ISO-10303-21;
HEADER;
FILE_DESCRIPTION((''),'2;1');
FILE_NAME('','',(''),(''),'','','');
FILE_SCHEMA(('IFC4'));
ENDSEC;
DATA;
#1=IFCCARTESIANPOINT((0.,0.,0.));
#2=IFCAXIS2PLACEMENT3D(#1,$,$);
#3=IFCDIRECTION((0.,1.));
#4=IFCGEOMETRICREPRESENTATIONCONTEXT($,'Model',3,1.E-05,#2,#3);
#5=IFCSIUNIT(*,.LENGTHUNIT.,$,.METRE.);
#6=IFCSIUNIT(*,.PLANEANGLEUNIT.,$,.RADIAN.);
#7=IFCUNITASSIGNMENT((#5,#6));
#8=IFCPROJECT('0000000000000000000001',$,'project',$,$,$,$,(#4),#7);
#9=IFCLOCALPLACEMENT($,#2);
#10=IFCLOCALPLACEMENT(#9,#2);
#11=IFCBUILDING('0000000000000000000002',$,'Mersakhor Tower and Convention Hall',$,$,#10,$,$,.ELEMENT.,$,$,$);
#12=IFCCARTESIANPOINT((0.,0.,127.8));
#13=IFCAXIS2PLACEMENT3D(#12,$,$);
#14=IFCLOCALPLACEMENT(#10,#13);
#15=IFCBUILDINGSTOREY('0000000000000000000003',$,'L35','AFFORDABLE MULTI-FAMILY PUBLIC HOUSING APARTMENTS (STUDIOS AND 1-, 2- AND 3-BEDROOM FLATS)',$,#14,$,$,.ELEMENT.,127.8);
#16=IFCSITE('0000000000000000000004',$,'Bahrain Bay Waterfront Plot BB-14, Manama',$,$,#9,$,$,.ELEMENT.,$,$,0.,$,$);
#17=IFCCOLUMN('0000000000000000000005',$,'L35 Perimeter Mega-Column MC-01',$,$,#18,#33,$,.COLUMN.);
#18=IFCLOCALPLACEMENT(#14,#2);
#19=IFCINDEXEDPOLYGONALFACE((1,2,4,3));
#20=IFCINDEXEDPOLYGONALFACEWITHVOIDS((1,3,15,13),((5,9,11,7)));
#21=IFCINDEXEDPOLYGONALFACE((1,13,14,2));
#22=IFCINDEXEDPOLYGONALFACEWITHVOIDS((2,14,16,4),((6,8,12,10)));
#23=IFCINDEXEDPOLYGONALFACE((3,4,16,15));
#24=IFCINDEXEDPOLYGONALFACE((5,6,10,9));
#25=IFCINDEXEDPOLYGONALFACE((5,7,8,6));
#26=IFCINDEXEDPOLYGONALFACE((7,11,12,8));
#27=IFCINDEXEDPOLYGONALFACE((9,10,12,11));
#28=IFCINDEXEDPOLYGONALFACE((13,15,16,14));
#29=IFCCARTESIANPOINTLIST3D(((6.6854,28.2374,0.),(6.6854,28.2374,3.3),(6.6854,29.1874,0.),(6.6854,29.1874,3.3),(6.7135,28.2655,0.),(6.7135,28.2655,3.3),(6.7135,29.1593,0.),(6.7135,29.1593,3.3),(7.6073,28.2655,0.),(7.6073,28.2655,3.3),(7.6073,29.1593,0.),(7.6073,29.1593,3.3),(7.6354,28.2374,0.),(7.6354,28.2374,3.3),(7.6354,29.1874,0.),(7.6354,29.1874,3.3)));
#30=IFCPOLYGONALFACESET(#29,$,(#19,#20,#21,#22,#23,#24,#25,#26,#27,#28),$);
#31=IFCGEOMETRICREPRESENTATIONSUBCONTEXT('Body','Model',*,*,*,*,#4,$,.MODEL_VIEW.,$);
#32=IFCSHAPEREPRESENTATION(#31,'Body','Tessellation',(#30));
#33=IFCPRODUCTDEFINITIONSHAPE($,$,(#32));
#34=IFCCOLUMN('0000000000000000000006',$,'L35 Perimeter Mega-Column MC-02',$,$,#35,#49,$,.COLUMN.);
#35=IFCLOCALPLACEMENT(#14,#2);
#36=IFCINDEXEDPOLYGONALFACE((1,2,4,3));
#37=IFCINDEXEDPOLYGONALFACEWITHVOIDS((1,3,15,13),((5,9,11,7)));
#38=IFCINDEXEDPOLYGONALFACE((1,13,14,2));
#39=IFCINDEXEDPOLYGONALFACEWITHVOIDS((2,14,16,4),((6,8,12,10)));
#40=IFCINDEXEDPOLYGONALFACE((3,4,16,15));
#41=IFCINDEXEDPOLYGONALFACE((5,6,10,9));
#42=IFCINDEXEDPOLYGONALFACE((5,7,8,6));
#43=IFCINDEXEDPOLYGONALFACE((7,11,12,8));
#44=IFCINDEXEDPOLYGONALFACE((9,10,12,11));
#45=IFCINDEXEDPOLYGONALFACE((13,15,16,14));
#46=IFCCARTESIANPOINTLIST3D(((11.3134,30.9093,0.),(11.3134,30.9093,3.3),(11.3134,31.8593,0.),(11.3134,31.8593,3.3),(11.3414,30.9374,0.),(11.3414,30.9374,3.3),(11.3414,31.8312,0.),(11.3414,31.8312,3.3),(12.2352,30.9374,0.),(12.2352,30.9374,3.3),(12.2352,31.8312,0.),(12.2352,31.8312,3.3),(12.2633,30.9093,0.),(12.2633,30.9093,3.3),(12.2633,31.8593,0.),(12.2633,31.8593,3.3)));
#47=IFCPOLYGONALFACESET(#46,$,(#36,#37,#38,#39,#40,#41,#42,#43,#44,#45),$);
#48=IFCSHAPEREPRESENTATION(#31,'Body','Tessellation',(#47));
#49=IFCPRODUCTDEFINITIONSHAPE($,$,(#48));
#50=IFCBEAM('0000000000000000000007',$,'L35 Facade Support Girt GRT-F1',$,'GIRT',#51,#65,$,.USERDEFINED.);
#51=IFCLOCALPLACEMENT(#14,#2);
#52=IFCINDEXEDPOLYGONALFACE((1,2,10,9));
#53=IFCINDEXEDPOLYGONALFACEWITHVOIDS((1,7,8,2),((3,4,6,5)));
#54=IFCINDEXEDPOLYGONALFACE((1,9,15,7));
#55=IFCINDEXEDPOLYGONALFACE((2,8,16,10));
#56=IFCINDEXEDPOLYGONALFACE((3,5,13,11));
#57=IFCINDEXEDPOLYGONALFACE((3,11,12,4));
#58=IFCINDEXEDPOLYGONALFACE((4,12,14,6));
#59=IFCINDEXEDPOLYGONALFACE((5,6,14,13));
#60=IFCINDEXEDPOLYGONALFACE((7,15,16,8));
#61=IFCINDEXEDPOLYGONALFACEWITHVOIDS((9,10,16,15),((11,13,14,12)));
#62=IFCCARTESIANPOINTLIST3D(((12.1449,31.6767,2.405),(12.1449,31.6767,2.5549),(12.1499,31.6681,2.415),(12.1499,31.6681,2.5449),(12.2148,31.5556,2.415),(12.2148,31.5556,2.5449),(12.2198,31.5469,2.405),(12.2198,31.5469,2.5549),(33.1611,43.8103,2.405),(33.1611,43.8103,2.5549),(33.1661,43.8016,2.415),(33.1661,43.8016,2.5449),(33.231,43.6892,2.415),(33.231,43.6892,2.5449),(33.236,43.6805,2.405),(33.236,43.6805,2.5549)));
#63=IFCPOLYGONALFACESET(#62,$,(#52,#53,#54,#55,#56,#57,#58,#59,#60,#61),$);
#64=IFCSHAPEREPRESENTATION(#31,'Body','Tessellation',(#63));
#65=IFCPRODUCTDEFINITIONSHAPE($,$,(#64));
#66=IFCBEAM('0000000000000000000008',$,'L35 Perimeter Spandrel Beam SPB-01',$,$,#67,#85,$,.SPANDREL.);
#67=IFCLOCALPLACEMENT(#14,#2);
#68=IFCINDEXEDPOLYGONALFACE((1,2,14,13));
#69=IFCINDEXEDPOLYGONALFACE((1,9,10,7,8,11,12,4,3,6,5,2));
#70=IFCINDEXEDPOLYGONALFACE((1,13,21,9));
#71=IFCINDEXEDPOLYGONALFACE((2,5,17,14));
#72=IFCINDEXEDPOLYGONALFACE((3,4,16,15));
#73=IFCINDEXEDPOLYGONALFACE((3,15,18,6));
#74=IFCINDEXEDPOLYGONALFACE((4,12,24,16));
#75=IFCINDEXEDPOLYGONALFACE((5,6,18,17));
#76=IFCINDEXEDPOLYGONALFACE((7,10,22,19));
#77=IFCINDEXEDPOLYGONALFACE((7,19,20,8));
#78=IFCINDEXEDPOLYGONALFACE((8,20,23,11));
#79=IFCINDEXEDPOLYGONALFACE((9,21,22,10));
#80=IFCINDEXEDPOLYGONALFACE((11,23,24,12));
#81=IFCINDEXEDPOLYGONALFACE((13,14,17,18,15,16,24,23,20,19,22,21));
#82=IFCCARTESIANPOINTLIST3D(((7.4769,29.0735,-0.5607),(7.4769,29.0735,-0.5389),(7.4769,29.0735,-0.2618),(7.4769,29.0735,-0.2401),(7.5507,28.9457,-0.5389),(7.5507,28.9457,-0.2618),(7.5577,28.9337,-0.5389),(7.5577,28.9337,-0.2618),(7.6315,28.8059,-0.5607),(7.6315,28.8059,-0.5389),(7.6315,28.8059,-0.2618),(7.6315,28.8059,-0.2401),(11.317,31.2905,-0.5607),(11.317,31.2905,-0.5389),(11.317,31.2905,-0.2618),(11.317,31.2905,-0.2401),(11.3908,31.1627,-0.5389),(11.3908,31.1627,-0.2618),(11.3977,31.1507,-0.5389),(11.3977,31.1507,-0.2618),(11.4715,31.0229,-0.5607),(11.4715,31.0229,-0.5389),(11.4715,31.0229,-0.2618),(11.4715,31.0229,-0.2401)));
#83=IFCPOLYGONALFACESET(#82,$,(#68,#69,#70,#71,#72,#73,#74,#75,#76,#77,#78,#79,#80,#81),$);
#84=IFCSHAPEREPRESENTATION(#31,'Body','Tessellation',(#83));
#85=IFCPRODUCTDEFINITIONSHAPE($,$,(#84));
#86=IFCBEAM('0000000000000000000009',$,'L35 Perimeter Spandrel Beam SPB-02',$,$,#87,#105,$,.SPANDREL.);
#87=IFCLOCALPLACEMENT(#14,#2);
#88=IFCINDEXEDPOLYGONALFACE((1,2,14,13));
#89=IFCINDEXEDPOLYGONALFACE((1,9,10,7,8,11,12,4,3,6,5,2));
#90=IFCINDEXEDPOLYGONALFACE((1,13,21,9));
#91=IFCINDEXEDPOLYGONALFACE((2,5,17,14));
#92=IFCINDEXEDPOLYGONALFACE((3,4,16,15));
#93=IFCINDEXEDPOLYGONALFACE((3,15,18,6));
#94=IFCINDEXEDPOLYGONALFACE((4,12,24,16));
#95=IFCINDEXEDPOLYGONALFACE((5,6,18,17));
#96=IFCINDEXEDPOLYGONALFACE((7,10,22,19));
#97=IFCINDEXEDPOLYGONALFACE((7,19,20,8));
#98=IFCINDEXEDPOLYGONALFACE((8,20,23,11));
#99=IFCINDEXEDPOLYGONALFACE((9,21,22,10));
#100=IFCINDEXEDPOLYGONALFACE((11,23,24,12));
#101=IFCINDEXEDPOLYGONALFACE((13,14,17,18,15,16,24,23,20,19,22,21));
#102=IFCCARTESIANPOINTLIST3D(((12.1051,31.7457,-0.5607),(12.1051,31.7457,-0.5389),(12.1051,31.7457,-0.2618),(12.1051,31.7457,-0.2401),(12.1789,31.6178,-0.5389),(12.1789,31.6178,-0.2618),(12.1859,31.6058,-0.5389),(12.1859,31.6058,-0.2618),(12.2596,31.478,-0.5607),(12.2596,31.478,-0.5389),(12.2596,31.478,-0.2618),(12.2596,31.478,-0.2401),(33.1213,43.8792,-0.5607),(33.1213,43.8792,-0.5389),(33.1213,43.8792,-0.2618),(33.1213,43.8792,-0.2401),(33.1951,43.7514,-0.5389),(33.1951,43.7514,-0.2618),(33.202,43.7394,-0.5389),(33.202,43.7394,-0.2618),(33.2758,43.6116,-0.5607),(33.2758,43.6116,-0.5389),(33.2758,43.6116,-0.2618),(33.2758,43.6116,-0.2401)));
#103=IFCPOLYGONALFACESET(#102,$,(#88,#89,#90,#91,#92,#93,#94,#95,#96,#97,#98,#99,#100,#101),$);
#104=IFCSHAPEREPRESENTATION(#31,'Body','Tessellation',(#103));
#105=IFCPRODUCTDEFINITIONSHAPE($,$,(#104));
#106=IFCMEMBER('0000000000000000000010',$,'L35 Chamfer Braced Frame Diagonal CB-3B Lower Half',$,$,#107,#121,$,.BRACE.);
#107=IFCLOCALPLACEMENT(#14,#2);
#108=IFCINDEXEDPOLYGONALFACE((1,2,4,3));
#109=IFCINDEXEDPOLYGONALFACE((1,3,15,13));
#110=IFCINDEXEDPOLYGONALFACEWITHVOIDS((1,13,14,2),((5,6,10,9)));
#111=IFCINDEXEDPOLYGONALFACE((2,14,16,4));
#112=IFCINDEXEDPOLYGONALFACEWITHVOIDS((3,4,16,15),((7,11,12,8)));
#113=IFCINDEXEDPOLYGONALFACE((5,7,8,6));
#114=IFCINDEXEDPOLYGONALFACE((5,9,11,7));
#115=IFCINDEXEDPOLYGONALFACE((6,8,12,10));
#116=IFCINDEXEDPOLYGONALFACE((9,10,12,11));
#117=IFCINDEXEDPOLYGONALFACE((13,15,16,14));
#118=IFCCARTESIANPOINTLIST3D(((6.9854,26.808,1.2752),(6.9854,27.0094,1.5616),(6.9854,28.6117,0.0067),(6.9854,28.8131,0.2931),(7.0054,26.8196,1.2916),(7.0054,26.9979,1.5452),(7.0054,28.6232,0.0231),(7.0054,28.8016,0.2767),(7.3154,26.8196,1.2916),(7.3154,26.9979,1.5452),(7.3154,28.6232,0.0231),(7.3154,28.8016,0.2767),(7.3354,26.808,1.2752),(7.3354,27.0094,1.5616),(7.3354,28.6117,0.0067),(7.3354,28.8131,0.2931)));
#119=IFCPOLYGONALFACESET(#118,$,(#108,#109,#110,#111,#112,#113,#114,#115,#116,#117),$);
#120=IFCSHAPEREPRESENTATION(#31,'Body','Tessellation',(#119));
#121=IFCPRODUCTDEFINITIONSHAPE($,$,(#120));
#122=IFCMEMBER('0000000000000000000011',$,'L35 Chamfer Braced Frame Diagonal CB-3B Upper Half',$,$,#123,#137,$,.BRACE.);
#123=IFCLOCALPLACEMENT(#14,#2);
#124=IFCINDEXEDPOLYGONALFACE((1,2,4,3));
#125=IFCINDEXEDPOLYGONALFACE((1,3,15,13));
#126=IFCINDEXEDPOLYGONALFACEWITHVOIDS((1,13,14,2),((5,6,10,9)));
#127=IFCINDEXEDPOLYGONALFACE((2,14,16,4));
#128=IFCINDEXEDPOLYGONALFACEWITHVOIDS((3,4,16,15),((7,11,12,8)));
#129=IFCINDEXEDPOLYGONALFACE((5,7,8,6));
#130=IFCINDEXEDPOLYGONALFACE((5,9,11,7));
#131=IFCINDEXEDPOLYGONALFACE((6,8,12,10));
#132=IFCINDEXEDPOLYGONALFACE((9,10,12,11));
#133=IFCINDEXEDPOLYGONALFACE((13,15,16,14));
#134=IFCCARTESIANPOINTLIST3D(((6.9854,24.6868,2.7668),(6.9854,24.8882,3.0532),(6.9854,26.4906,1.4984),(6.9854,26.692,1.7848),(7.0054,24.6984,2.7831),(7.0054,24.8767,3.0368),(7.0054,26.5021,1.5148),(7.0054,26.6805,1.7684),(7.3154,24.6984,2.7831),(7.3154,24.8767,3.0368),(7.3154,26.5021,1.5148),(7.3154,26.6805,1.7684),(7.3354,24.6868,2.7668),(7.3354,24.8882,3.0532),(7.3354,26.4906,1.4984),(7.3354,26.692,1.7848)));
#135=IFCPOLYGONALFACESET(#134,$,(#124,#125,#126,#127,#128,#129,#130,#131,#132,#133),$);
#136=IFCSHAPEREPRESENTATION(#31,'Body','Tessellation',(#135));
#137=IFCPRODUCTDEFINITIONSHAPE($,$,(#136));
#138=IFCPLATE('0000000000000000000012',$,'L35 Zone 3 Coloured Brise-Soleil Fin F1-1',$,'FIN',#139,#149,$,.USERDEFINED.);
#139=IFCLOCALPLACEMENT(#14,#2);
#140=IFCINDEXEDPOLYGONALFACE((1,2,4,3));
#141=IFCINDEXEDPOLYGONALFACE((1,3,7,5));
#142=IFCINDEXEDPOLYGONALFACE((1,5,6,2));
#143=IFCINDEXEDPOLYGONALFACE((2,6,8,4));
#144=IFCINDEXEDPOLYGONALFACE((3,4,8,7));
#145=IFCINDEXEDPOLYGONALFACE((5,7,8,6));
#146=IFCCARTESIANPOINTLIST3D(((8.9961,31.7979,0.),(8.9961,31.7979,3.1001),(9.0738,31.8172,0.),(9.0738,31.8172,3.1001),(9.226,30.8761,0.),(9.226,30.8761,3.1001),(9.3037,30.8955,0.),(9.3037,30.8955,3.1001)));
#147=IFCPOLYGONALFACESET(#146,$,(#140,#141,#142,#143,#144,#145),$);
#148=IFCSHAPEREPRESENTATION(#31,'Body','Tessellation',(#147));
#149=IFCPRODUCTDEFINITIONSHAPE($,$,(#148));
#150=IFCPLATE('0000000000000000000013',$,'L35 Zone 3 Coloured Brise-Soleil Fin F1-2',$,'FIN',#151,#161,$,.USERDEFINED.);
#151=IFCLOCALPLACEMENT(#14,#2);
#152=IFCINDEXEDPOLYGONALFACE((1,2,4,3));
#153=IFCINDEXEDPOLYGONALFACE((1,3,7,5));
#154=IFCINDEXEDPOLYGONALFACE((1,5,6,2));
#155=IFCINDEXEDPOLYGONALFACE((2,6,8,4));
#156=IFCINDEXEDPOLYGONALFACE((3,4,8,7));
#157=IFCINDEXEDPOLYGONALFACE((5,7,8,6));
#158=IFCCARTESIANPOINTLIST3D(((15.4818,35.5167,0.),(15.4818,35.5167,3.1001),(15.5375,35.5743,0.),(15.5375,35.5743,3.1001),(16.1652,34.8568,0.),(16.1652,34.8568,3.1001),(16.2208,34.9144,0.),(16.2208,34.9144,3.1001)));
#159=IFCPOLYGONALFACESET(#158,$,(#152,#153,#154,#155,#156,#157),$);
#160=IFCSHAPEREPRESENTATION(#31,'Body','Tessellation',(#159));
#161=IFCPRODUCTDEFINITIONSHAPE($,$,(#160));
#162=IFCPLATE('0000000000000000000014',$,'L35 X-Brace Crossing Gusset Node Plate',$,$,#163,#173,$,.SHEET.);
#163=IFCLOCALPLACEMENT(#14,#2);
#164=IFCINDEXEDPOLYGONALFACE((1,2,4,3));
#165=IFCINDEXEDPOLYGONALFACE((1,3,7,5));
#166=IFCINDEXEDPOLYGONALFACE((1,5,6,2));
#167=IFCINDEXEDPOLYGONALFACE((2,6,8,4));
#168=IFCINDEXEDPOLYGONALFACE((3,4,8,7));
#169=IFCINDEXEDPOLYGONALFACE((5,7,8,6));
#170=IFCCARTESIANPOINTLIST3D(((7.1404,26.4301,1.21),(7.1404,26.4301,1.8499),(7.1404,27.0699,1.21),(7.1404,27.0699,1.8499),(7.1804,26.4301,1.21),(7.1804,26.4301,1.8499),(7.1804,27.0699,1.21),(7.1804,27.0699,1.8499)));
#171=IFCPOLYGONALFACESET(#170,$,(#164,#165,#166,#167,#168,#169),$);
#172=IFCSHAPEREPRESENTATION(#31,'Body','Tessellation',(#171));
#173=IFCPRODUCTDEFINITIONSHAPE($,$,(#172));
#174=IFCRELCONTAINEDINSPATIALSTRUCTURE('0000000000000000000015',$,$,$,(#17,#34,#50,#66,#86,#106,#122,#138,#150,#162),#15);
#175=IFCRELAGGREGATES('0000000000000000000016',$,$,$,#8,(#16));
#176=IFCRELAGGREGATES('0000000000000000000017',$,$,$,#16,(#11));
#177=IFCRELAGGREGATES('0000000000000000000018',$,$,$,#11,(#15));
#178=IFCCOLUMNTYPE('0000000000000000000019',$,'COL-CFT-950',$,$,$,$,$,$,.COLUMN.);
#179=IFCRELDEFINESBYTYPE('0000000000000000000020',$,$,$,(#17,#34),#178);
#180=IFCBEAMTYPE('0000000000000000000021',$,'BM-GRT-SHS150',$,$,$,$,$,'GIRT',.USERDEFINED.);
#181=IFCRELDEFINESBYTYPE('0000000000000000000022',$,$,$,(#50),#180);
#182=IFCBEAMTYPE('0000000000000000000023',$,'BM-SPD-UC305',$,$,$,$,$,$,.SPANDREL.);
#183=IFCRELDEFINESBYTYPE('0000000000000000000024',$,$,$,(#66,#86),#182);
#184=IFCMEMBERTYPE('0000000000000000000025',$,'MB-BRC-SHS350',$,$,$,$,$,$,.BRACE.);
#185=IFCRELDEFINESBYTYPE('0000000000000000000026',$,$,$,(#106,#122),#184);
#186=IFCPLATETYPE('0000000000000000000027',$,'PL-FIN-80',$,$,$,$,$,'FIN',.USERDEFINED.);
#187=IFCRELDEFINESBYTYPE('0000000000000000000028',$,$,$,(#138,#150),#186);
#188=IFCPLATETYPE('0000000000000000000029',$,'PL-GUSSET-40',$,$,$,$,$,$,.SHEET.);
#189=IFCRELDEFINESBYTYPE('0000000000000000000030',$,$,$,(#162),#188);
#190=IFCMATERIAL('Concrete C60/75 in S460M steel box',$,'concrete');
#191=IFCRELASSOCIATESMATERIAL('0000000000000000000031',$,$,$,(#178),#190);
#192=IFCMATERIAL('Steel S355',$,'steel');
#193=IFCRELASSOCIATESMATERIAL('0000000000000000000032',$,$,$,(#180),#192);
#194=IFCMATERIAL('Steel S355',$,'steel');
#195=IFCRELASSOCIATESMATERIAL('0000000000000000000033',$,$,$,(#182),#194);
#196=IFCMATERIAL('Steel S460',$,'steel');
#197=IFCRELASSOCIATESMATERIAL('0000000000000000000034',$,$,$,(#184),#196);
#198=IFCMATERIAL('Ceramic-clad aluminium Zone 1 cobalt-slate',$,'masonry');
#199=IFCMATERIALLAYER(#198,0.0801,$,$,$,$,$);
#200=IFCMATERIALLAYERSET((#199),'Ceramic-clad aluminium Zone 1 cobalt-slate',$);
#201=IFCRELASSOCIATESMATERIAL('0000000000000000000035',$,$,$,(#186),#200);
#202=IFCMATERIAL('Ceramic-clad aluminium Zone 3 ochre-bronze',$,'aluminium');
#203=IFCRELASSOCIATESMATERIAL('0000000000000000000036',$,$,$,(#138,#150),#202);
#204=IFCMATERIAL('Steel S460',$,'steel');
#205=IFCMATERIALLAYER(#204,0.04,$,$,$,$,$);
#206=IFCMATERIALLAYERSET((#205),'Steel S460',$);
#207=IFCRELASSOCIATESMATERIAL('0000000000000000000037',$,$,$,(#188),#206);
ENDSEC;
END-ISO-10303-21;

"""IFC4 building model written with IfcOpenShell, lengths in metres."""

from ifc_helpers import new_model, si_unit, direction, frame, origin, origin_2d, place, context, subcontext, project, spatial, rectangle, hollow_rectangle, i_section, extrude, material, layer, layer_set, material_profile, profile_set, type_object, element, save


model = new_model("IFC4")

# Units and contexts
model_context = context("Model", 3, precision=1e-05, world=origin(), true_north=direction((0.0, 1.0)))
body_context = subcontext(model_context, "Body", "Model", "MODEL_VIEW")
ifc_project = project(units=[si_unit("LENGTHUNIT", "METRE"), si_unit("PLANEANGLEUNIT", "RADIAN")], contexts=[model_context])

# Site, building, storey
site_placement = place(None, origin())
site = spatial("IfcSite", under=ifc_project, at=site_placement, Name="Bahrain Bay Waterfront Plot BB-14, Manama", CompositionType="ELEMENT", RefElevation=0.0)
building_placement = place(site_placement, origin())
building = spatial("IfcBuilding", under=site, at=building_placement, Name="Mersakhor Tower and Convention Hall", CompositionType="ELEMENT")
storey_placement = place(building_placement, frame((0.0, 0.0, 127.8)))
storey = spatial("IfcBuildingStorey", under=building, at=storey_placement, Name="L35", Description="AFFORDABLE MULTI-FAMILY PUBLIC HOUSING APARTMENTS (STUDIOS AND 1-, 2- AND 3-BEDROOM FLATS)", CompositionType="ELEMENT", Elevation=127.8)

# Columns
ifc_material_1 = material(Name="Concrete C60/75 in S460M steel box", Category="concrete")
ifc_material_profile_1 = material_profile(ifc_material_1, hollow_rectangle(XDim=0.95, YDim=0.95, WallThickness=0.0281, at=origin_2d()), Name="SHS 950x950x28")
ifc_profile_set_1 = profile_set([ifc_material_profile_1], Name="Concrete C60/75 in S460M steel box")
column_type = type_object("IfcColumnType", Name="COL-CFT-950", PredefinedType="COLUMN", material=ifc_profile_set_1)
for number, where, z_axis, x_axis, name in (
    (1, (7.1604, 28.7124, 0.0), (0.0, 0.0, 1.0), (1.0, 0.0, 0.0), "L35 Perimeter Mega-Column MC-01"),
    (2, (11.7883, 31.3843, 0.0), (0.0, 0.0, 1.0), (1.0, 0.0, 0.0), "L35 Perimeter Mega-Column MC-02"),
):
    element("IfcColumn", number, at=place(storey_placement, frame(where, z_axis=z_axis, x_axis=x_axis)), inside=storey, type_object=column_type, Name=name, PredefinedType="COLUMN", context=body_context, shape_type="SweptSolid", body=[
        extrude(hollow_rectangle(XDim=0.95, YDim=0.95, WallThickness=0.0281, at=origin_2d()), origin(), (0.0, 0.0, 1.0), 3.3),
    ])

# Beams
ifc_material_2 = material(Name="Steel S355", Category="steel")
ifc_material_profile_2 = material_profile(ifc_material_2, hollow_rectangle(XDim=0.1499, YDim=0.1499, WallThickness=0.01, at=origin_2d()), Name="SHS 150x150x10")
ifc_profile_set_2 = profile_set([ifc_material_profile_2], Name="Steel S355")
beam_type_1 = type_object("IfcBeamType", Name="BM-GRT-SHS150", ElementType="GIRT", PredefinedType="USERDEFINED", material=ifc_profile_set_2)
beam_1_placement = place(storey_placement, frame((12.1824, 31.6118, 2.48), z_axis=(0.866027, 0.499996, 0.0), x_axis=(-0.499996, 0.866027, 0.0)))
element("IfcBeam", 3, at=beam_1_placement, inside=storey, type_object=beam_type_1, Name="L35 Facade Support Girt GRT-F1", ObjectType="GIRT", PredefinedType="USERDEFINED", context=body_context, shape_type="SweptSolid", body=[
    extrude(hollow_rectangle(XDim=0.1499, YDim=0.1499, WallThickness=0.01, at=origin_2d()), origin(), (0.0, 0.0, 1.0), 24.2673),
])
ifc_material_3 = material(Name="Steel S355", Category="steel")
ifc_material_profile_3 = material_profile(ifc_material_3, i_section(OverallWidth=0.3091, OverallDepth=0.3206, WebThickness=0.0139, FlangeThickness=0.0217, at=origin_2d()), Name="UC 305x305x137")
ifc_profile_set_3 = profile_set([ifc_material_profile_3], Name="Steel S355")
beam_type_2 = type_object("IfcBeamType", Name="BM-SPD-UC305", PredefinedType="SPANDREL", material=ifc_profile_set_3)
beam_2_placement = place(storey_placement, frame((7.5542, 28.9397, -0.4004), z_axis=(0.866029, 0.499994, 0.0), x_axis=(-0.499994, 0.866029, 0.0)))
element("IfcBeam", 4, at=beam_2_placement, inside=storey, type_object=beam_type_2, Name="L35 Perimeter Spandrel Beam SPB-01", PredefinedType="SPANDREL", context=body_context, shape_type="SweptSolid", body=[
    extrude(i_section(OverallWidth=0.3091, OverallDepth=0.3206, WebThickness=0.0139, FlangeThickness=0.0217, at=origin_2d()), origin(), (0.0, 0.0, 1.0), 4.4341),
])
beam_3_placement = place(storey_placement, frame((12.1824, 31.6118, -0.4004), z_axis=(0.866027, 0.499996, 0.0), x_axis=(-0.499996, 0.866027, 0.0)))
element("IfcBeam", 5, at=beam_3_placement, inside=storey, type_object=beam_type_2, Name="L35 Perimeter Spandrel Beam SPB-02", PredefinedType="SPANDREL", context=body_context, shape_type="SweptSolid", body=[
    extrude(i_section(OverallWidth=0.3091, OverallDepth=0.3206, WebThickness=0.0139, FlangeThickness=0.0217, at=origin_2d()), origin(), (0.0, 0.0, 1.0), 24.2673),
])

# Members
ifc_material_4 = material(Name="Steel S460", Category="steel")
ifc_material_profile_4 = material_profile(ifc_material_4, hollow_rectangle(XDim=0.3501, YDim=0.3501, WallThickness=0.02, at=origin_2d()), Name="SHS 350x350x20")
ifc_profile_set_4 = profile_set([ifc_material_profile_4], Name="Steel S460")
member_type = type_object("IfcMemberType", Name="MB-BRC-SHS350", PredefinedType="BRACE", material=ifc_profile_set_4)
for number, where, z_axis, x_axis, name in (
    (6, (7.1604, 28.7124, 0.1499), (0.0, -0.817961, 0.575274), (1.0, 0.0, 0.0), "L35 Chamfer Braced Frame Diagonal CB-3B Lower Half"),
    (7, (7.1604, 26.5913, 1.6416), (0.0, -0.818013, 0.5752), (1.0, 0.0, 0.0), "L35 Chamfer Braced Frame Diagonal CB-3B Upper Half"),
):
    element("IfcMember", number, at=place(storey_placement, frame(where, z_axis=z_axis, x_axis=x_axis)), inside=storey, type_object=member_type, Name=name, PredefinedType="BRACE", context=body_context, shape_type="SweptSolid", body=[
        extrude(hollow_rectangle(XDim=0.3501, YDim=0.3501, WallThickness=0.02, at=origin_2d()), origin(), (0.0, 0.0, 1.0), 2.2051),
    ])

# Plates
ifc_material_5 = material(Name="Ceramic-clad aluminium Zone 3 ochre-bronze", Category="aluminium")
ifc_material_6 = material(Name="Ceramic-clad aluminium Zone 1 cobalt-slate", Category="masonry")
ifc_layer_1 = layer(ifc_material_6, 0.0801)
ifc_layer_set_1 = layer_set([ifc_layer_1], Name="Ceramic-clad aluminium Zone 1 cobalt-slate")
plate_type_1 = type_object("IfcPlateType", Name="PL-FIN-80", ElementType="FIN", PredefinedType="USERDEFINED", material=ifc_layer_set_1)
for number, where, z_axis, x_axis, name in (
    (8, (9.1499, 31.3467, 0.0), (0.0, 0.0, 1.0), (-0.241922, 0.970296, 0.0), "L35 Zone 3 Coloured Brise-Soleil Fin F1-1"),
    (9, (15.8513, 35.2156, 0.0), (0.0, 0.0, 1.0), (-0.71934, 0.694658, 0.0), "L35 Zone 3 Coloured Brise-Soleil Fin F1-2"),
):
    element("IfcPlate", number, at=place(storey_placement, frame(where, z_axis=z_axis, x_axis=x_axis)), inside=storey, type_object=plate_type_1, material=ifc_material_5, Name=name, ObjectType="FIN", PredefinedType="USERDEFINED", context=body_context, shape_type="SweptSolid", body=[
        extrude(rectangle(XDim=0.95, YDim=0.0801, at=origin_2d()), origin(), (0.0, 0.0, 1.0), 3.1001),
    ])
ifc_material_7 = material(Name="Steel S460", Category="steel")
ifc_layer_2 = layer(ifc_material_7, 0.04)
ifc_layer_set_2 = layer_set([ifc_layer_2], Name="Steel S460")
plate_type_2 = type_object("IfcPlateType", Name="PL-GUSSET-40", PredefinedType="SHEET", material=ifc_layer_set_2)
plate_placement = place(storey_placement, frame((7.1604, 26.75, 1.21), z_axis=(0.0, 0.0, 1.0), x_axis=(0.0, -1.0, 0.0)))
element("IfcPlate", 10, at=plate_placement, inside=storey, type_object=plate_type_2, Name="L35 X-Brace Crossing Gusset Node Plate", PredefinedType="SHEET", context=body_context, shape_type="SweptSolid", body=[
    extrude(rectangle(XDim=0.6399, YDim=0.04, at=origin_2d()), origin(), (0.0, 0.0, 1.0), 0.6399),
])

save(model, "model.ifc")
